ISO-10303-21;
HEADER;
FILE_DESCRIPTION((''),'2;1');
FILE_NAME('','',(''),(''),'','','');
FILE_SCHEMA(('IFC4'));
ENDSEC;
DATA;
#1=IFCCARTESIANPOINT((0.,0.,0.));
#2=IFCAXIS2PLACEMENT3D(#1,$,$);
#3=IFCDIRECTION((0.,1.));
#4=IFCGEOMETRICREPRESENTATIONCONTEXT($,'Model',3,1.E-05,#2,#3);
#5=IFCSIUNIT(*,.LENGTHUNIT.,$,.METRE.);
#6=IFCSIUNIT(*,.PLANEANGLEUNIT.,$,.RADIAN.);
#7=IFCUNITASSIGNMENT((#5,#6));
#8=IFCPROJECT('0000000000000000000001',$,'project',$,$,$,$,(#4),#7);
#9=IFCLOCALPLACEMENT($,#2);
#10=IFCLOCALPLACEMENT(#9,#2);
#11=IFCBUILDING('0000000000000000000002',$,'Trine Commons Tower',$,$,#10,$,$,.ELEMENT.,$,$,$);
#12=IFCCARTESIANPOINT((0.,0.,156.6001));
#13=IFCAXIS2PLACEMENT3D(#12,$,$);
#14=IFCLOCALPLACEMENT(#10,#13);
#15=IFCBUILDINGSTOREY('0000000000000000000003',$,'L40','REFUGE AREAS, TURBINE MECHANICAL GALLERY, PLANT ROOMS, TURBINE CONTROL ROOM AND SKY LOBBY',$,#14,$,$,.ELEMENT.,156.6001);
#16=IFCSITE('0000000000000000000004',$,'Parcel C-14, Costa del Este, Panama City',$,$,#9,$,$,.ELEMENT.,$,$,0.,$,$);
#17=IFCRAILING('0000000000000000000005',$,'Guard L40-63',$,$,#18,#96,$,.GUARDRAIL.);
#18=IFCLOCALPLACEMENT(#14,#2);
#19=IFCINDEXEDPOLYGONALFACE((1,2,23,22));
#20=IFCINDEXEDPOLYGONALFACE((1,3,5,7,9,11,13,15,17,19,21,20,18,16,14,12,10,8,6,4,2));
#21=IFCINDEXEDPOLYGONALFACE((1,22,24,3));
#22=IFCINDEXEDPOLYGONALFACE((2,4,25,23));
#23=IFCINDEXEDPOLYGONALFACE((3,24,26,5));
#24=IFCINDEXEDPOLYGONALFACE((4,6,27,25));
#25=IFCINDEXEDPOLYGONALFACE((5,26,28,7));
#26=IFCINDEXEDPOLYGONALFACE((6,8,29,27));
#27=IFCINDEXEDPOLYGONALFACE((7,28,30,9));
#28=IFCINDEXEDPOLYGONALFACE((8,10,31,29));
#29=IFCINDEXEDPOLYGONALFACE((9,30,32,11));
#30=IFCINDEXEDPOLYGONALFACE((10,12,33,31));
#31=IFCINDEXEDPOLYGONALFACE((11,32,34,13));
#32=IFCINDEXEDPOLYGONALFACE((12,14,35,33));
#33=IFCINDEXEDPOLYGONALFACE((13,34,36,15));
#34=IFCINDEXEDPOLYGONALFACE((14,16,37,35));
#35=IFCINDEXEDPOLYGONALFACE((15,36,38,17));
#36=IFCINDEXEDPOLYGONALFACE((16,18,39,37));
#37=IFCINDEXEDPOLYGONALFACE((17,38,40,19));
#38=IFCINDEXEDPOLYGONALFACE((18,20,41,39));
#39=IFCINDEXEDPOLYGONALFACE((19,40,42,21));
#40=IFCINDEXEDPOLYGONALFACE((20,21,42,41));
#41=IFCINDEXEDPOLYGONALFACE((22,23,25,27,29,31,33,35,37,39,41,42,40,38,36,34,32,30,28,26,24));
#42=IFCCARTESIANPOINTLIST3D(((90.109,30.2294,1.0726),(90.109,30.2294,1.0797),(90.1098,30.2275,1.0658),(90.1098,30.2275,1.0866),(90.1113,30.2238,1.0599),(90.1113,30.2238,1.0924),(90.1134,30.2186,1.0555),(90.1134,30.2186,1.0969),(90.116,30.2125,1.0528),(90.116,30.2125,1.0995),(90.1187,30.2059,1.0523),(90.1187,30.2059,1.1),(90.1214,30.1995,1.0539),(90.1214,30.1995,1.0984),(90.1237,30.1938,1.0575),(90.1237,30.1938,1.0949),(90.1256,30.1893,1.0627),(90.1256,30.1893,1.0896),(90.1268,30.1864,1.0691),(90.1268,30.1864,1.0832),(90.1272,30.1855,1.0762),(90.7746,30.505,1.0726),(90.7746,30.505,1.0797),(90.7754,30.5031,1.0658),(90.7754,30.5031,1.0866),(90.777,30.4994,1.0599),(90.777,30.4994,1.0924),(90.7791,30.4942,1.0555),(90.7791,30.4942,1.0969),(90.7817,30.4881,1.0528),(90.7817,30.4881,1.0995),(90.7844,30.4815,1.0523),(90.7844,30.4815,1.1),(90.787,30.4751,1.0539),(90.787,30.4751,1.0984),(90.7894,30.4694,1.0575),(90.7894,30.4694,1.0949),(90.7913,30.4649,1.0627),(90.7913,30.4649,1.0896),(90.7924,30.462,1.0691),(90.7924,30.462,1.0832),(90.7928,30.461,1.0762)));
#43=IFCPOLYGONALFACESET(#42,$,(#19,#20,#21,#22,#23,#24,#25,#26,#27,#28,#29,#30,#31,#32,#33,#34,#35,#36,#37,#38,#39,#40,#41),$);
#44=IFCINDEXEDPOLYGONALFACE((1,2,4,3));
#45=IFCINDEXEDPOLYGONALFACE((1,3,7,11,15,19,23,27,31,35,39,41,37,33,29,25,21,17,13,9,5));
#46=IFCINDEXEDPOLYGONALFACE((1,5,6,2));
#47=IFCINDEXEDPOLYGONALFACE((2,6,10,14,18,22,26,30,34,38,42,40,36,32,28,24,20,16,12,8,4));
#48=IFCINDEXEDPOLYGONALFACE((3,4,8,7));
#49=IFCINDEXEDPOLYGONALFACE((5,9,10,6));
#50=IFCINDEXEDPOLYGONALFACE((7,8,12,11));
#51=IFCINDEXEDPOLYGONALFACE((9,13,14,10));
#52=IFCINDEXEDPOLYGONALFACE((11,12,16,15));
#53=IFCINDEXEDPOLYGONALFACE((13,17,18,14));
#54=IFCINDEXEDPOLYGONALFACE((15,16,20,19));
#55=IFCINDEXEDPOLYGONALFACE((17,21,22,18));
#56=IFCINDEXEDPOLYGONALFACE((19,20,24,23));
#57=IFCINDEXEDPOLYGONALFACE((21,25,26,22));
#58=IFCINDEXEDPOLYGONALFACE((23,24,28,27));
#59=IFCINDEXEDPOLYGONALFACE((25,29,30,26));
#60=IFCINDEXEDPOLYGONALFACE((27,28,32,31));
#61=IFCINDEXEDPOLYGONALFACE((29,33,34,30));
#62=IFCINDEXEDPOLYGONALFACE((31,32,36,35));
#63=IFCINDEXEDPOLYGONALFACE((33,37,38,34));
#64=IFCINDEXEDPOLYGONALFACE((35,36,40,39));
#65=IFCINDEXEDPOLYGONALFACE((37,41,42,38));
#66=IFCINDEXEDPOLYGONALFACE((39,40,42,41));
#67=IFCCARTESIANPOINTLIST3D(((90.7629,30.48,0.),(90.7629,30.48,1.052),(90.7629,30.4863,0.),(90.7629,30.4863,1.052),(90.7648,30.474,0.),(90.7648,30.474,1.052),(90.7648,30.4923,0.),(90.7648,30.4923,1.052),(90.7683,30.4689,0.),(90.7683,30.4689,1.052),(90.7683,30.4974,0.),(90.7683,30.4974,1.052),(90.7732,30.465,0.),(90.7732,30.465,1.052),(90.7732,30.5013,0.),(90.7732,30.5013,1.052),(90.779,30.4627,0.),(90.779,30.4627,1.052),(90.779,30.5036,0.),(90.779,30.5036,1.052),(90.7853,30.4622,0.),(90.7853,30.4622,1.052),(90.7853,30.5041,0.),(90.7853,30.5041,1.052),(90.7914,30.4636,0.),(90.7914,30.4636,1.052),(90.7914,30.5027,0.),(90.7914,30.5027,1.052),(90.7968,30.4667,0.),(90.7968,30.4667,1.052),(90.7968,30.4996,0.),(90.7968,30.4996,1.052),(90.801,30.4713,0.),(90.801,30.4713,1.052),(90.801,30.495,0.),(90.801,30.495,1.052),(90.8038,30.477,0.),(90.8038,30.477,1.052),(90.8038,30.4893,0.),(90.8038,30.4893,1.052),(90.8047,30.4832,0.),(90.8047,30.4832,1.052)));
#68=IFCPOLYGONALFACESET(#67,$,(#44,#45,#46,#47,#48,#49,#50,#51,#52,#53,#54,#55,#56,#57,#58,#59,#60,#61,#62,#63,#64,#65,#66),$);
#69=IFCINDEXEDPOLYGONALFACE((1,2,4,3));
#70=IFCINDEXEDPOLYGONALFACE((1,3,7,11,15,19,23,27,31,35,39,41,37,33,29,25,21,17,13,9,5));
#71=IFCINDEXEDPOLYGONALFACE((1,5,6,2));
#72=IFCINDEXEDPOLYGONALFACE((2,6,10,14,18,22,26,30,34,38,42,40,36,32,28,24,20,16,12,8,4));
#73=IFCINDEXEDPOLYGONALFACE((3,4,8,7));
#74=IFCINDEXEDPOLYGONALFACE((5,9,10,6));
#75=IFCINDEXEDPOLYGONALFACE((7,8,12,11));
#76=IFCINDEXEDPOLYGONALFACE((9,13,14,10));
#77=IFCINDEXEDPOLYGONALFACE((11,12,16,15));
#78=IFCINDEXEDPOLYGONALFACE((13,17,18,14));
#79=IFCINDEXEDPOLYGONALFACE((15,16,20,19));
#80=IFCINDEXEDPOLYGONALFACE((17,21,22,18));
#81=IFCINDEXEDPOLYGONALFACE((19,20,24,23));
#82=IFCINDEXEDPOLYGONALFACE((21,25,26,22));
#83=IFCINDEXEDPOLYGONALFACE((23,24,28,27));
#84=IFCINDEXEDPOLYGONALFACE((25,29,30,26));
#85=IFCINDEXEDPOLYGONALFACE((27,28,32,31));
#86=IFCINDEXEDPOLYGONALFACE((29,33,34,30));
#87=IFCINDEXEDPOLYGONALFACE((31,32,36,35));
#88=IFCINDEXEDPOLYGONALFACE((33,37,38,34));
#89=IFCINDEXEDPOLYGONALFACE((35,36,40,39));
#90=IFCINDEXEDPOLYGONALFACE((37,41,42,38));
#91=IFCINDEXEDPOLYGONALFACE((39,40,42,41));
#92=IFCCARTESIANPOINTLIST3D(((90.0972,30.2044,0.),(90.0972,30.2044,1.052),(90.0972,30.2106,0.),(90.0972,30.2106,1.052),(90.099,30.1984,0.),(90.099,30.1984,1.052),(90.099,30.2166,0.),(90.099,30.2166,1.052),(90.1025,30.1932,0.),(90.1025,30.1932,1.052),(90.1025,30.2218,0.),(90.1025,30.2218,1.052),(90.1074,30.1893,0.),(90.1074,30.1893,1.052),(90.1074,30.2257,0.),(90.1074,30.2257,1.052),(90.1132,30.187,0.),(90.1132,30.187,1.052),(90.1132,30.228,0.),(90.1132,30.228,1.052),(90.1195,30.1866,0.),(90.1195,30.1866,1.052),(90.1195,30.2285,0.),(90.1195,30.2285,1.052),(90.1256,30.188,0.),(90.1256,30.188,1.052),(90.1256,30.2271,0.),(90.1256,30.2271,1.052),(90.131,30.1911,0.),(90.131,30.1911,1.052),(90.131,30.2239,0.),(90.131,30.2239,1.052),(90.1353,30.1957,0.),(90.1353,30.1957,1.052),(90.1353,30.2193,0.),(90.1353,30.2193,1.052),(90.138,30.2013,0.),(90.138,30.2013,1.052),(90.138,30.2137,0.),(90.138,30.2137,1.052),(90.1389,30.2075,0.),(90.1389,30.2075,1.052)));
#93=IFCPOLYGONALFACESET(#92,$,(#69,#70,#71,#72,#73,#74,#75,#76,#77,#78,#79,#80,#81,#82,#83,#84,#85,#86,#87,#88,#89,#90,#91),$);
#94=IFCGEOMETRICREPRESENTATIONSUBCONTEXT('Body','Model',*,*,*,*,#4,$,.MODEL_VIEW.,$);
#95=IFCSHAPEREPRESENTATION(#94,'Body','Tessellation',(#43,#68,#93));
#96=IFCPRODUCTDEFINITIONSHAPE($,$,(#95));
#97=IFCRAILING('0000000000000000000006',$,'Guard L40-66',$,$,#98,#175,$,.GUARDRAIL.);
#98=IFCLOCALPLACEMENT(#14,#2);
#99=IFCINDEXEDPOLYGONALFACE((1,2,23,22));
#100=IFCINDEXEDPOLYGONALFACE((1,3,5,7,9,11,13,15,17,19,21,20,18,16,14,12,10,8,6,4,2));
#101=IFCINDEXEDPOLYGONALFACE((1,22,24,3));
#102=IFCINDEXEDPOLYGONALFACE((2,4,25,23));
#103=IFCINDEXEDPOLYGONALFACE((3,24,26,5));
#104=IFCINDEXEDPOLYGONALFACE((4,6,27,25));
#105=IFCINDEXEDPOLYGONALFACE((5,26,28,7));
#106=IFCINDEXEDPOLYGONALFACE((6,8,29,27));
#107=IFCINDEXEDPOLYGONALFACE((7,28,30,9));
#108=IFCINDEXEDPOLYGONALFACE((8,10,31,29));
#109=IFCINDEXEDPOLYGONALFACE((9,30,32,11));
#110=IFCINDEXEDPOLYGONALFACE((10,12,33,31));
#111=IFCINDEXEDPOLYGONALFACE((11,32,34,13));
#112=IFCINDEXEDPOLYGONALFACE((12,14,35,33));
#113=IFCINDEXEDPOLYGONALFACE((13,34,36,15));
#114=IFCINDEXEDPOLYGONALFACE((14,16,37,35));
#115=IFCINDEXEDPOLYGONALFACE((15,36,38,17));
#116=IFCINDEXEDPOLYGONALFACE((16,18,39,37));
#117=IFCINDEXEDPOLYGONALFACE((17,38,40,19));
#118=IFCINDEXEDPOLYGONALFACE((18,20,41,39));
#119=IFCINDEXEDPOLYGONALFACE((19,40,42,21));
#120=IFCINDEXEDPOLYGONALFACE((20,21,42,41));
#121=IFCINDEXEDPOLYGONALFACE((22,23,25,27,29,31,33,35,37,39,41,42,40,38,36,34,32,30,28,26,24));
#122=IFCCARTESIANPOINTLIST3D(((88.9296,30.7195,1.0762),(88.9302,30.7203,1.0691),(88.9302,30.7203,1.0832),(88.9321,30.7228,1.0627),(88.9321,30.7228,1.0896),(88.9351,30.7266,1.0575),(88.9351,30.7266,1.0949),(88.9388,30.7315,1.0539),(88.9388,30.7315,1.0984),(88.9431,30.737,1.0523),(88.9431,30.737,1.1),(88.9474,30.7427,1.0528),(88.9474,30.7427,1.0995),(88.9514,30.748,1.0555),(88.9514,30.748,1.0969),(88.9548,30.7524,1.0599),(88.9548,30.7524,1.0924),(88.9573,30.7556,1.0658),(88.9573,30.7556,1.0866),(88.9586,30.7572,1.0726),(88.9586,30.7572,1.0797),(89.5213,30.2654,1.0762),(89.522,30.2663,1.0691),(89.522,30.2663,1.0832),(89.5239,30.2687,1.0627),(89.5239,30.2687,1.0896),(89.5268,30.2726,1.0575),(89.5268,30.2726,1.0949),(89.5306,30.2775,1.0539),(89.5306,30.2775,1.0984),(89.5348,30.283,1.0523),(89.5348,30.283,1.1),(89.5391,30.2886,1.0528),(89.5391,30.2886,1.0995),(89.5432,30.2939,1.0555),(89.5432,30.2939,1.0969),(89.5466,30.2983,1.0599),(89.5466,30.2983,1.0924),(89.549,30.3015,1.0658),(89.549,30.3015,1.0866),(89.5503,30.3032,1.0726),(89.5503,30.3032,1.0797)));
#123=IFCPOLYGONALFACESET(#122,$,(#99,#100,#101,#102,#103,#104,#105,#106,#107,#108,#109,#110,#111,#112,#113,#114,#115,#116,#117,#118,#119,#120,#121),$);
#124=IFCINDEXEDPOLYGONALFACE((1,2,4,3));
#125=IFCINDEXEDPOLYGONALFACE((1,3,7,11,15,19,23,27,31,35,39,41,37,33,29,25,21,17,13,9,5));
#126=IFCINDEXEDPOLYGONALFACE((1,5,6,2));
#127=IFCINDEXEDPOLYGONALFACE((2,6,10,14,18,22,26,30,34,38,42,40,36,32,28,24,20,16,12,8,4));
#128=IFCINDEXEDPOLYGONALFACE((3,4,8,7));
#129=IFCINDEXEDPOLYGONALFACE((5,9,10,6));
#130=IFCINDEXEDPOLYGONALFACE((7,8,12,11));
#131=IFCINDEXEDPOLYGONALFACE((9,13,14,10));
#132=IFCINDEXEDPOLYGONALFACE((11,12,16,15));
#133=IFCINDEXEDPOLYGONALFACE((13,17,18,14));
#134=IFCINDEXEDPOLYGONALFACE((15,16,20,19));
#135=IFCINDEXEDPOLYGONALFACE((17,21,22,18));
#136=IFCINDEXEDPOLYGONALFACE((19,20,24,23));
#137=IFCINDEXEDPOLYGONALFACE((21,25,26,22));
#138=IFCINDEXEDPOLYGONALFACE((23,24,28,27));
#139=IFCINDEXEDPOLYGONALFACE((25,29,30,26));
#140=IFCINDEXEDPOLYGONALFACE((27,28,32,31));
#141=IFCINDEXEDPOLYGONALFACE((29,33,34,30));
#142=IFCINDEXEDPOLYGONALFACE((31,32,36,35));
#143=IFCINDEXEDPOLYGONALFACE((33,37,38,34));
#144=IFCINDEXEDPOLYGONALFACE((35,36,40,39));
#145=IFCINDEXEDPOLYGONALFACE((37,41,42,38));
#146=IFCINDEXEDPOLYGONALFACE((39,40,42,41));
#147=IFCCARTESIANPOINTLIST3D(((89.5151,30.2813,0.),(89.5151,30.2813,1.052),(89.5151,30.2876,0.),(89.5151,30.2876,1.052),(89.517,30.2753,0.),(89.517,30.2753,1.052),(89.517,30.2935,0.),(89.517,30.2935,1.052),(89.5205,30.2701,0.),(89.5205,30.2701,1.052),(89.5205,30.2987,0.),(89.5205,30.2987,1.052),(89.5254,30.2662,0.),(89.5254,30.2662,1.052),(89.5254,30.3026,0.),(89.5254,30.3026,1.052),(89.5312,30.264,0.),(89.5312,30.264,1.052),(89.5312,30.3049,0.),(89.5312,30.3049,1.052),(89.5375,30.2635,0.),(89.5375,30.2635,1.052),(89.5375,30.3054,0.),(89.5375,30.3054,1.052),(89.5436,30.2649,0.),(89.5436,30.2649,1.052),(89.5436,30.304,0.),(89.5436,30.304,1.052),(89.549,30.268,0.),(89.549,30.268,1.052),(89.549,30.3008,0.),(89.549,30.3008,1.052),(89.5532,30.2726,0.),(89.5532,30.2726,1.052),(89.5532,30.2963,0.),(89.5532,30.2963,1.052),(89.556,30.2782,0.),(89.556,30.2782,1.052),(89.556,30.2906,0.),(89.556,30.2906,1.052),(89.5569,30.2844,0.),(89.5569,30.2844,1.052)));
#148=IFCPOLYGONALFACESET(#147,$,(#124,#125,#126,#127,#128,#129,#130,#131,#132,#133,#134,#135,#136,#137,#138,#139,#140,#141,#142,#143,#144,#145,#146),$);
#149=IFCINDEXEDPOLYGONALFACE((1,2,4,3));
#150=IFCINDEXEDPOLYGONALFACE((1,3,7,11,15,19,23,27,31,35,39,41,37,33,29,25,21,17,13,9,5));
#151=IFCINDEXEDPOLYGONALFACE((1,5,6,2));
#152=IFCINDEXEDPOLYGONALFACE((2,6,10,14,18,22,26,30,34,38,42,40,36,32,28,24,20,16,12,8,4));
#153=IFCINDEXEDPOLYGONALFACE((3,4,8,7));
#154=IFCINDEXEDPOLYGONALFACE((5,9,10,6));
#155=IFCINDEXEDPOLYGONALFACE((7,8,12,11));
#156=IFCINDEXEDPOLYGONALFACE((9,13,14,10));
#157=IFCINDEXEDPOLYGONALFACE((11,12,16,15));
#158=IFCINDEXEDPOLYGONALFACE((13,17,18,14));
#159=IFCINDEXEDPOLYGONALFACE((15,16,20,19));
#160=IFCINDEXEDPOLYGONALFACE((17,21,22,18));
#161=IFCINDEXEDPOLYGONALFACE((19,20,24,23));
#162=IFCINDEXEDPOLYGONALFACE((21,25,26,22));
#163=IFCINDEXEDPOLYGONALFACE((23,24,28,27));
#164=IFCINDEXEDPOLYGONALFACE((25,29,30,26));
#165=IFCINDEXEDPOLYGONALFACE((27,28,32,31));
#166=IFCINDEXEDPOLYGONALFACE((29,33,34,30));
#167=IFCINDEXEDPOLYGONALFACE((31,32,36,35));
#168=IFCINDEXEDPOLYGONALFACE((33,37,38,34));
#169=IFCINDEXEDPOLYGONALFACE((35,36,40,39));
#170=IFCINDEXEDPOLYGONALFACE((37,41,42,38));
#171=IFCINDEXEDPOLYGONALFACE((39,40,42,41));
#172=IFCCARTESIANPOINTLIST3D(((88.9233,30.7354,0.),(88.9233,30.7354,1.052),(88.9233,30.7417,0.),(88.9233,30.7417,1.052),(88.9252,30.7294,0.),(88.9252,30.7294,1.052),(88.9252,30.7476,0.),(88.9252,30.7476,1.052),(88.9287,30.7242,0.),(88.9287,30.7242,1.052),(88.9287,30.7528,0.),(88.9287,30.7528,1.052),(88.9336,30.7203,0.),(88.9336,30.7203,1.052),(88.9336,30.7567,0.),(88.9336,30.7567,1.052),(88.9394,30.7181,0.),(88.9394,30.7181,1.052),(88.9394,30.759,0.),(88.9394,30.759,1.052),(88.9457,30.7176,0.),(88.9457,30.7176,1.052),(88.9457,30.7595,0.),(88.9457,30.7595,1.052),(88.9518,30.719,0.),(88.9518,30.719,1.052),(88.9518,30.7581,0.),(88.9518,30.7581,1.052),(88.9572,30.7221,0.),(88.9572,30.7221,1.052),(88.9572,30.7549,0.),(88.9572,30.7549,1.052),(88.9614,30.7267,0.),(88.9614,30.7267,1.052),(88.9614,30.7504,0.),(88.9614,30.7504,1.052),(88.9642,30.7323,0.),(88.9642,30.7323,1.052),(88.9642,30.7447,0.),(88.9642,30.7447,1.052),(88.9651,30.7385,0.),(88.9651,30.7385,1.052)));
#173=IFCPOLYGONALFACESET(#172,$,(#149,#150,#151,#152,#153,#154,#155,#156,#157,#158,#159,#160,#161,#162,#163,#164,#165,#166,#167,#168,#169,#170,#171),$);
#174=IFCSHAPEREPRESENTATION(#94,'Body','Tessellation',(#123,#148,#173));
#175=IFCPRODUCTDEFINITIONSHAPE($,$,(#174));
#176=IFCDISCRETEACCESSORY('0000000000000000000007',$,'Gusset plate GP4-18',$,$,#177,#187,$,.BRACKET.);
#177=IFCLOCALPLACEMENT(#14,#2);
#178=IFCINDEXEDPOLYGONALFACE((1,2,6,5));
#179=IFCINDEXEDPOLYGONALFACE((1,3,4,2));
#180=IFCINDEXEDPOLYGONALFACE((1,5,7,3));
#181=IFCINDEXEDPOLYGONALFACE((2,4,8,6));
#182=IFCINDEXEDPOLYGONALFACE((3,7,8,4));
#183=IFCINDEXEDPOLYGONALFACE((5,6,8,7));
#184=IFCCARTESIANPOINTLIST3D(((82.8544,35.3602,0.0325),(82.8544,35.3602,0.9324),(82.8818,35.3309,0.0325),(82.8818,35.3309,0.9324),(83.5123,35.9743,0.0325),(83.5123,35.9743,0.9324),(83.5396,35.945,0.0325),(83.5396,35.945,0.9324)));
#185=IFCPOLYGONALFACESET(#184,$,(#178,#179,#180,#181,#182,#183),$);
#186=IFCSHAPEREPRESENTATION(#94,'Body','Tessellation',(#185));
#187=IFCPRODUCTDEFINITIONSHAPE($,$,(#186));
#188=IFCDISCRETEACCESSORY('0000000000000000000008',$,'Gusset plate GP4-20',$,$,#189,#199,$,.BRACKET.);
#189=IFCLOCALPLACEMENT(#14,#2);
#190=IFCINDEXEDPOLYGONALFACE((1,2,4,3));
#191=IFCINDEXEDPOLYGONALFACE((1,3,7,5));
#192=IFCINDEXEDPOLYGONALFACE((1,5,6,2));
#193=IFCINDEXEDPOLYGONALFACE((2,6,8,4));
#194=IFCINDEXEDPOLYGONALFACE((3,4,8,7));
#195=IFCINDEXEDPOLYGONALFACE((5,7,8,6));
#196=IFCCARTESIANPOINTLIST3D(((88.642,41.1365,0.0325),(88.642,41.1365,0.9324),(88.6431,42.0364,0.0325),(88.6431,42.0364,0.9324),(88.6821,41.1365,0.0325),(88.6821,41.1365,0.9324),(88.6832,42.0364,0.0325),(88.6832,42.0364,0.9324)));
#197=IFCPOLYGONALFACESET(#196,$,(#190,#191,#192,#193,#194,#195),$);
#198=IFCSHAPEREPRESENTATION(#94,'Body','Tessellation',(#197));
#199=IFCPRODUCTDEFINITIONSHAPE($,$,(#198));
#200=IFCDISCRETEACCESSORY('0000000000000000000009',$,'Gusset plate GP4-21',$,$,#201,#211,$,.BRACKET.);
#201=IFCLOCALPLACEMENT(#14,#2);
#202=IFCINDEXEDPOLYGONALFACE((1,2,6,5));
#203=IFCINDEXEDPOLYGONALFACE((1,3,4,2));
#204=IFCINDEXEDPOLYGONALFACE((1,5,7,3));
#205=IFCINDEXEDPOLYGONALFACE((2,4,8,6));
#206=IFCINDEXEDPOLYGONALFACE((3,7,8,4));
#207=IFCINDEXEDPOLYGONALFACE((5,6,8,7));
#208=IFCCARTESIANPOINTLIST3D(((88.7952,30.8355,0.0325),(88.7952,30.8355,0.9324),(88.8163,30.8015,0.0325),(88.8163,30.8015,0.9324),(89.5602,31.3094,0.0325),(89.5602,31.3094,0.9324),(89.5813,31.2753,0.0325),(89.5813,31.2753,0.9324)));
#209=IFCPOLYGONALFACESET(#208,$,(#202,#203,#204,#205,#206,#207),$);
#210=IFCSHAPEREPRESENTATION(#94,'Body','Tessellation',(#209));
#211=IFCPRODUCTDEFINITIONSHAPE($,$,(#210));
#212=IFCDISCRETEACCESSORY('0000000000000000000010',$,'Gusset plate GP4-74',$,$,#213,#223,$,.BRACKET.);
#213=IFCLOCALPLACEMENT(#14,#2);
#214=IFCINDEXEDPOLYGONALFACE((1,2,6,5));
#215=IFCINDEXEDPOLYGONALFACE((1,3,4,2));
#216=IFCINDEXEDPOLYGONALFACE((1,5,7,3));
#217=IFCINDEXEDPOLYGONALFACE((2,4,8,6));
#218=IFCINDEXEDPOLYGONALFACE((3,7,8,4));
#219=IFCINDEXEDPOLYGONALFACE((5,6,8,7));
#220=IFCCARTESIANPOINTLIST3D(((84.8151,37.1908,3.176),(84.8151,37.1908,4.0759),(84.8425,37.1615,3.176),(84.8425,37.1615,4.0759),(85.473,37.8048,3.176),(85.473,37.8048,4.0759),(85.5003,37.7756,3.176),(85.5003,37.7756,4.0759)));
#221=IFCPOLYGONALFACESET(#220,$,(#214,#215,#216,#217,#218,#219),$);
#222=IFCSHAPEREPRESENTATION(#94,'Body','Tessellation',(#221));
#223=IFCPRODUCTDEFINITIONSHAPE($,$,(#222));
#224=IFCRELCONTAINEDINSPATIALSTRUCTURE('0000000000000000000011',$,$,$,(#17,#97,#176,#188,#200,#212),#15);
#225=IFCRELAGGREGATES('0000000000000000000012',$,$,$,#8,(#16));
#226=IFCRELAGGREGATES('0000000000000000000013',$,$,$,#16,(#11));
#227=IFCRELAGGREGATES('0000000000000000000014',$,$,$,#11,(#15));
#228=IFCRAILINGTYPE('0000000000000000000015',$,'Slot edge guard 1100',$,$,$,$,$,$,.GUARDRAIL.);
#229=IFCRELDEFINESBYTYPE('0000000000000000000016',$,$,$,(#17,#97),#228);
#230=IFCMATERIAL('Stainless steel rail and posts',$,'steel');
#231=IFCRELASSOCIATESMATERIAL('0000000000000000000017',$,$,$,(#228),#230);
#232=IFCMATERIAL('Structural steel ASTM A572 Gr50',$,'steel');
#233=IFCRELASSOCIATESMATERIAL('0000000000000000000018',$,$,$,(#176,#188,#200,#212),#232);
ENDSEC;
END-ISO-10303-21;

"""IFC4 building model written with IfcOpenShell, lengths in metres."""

from ifc_helpers import new_model, si_unit, direction, frame, origin, origin_2d, place, context, subcontext, project, spatial, rectangle, circle, extrude, material, type_object, element, save


model = new_model("IFC4")

# Units and contexts
model_context = context("Model", 3, precision=1e-05, world=origin(), true_north=direction((0.0, 1.0)))
body_context = subcontext(model_context, "Body", "Model", "MODEL_VIEW")
ifc_project = project(units=[si_unit("LENGTHUNIT", "METRE"), si_unit("PLANEANGLEUNIT", "RADIAN")], contexts=[model_context])

# Site, building, storey
site_placement = place(None, origin())
site = spatial("IfcSite", under=ifc_project, at=site_placement, Name="Parcel C-14, Costa del Este, Panama City", CompositionType="ELEMENT", RefElevation=0.0)
building_placement = place(site_placement, origin())
building = spatial("IfcBuilding", under=site, at=building_placement, Name="Trine Commons Tower", CompositionType="ELEMENT")
storey_placement = place(building_placement, frame((0.0, 0.0, 156.6001)))
storey = spatial("IfcBuildingStorey", under=building, at=storey_placement, Name="L40", Description="REFUGE AREAS, TURBINE MECHANICAL GALLERY, PLANT ROOMS, TURBINE CONTROL ROOM AND SKY LOBBY", CompositionType="ELEMENT", Elevation=156.6001)

# Railings
ifc_material_1 = material(Name="Stainless steel rail and posts", Category="steel")
railing_type = type_object("IfcRailingType", Name="Slot edge guard 1100", PredefinedType="GUARDRAIL", material=ifc_material_1)
railing_1_placement = place(storey_placement, frame((90.7837, 30.4832, 0.0)))
element("IfcRailing", 1, at=railing_1_placement, inside=storey, type_object=railing_type, Name="Guard L40-63", PredefinedType="GUARDRAIL", context=body_context, shape_type="SweptSolid", body=[
    extrude(circle(Radius=0.0239, at=origin_2d()), frame((0.0, 0.0, 1.0762), z_axis=(-0.923947, -0.382521, 0.0), x_axis=(0.382521, -0.923947, 0.0)), (0.0, 0.0, 1.0), 0.7205),
    extrude(circle(Radius=0.021, at=origin_2d()), origin(), (0.0, 0.0, 1.0), 1.052),
    extrude(circle(Radius=0.021, at=origin_2d()), frame((-0.6658, -0.2756, 0.0)), (0.0, 0.0, 1.0), 1.052),
])
railing_2_placement = place(storey_placement, frame((89.5359, 30.2844, 0.0)))
element("IfcRailing", 2, at=railing_2_placement, inside=storey, type_object=railing_type, Name="Guard L40-66", PredefinedType="GUARDRAIL", context=body_context, shape_type="SweptSolid", body=[
    extrude(circle(Radius=0.0239, at=origin_2d()), frame((0.0, 0.0, 1.0762), z_axis=(-0.793353, 0.608761, 0.0), x_axis=(-0.608761, -0.793353, 0.0)), (0.0, 0.0, 1.0), 0.7458),
    extrude(circle(Radius=0.021, at=origin_2d()), origin(), (0.0, 0.0, 1.0), 1.052),
    extrude(circle(Radius=0.021, at=origin_2d()), frame((-0.5918, 0.4541, 0.0)), (0.0, 0.0, 1.0), 1.052),
])

# Discrete accessories
ifc_material_2 = material(Name="Structural steel ASTM A572 Gr50", Category="steel")
for number, where, z_axis, x_axis, name in (
    (3, (83.197, 35.6526, 0.0325), (0.0, 0.0, 1.0), (0.731008, 0.682368, 0.0), "Gusset plate GP4-18"),
    (4, (88.6626, 41.5864, 0.0325), (0.0, 0.0, 1.0), (0.001204, 0.999999, 0.0), "Gusset plate GP4-20"),
    (5, (89.1882, 31.0554, 0.0325), (0.0, 0.0, 1.0), (0.850123, 0.526585, 0.0), "Gusset plate GP4-21"),
    (6, (85.1577, 37.4832, 3.176), (0.0, 0.0, 1.0), (0.731008, 0.682368, 0.0), "Gusset plate GP4-74"),
):
    element("IfcDiscreteAccessory", number, at=place(storey_placement, frame(where, z_axis=z_axis, x_axis=x_axis)), inside=storey, material=ifc_material_2, Name=name, PredefinedType="BRACKET", context=body_context, shape_type="SweptSolid", body=[
        extrude(rectangle(XDim=0.8999, YDim=0.04, at=origin_2d()), origin(), (0.0, 0.0, 1.0), 0.8999),
    ])

save(model, "model.ifc")
